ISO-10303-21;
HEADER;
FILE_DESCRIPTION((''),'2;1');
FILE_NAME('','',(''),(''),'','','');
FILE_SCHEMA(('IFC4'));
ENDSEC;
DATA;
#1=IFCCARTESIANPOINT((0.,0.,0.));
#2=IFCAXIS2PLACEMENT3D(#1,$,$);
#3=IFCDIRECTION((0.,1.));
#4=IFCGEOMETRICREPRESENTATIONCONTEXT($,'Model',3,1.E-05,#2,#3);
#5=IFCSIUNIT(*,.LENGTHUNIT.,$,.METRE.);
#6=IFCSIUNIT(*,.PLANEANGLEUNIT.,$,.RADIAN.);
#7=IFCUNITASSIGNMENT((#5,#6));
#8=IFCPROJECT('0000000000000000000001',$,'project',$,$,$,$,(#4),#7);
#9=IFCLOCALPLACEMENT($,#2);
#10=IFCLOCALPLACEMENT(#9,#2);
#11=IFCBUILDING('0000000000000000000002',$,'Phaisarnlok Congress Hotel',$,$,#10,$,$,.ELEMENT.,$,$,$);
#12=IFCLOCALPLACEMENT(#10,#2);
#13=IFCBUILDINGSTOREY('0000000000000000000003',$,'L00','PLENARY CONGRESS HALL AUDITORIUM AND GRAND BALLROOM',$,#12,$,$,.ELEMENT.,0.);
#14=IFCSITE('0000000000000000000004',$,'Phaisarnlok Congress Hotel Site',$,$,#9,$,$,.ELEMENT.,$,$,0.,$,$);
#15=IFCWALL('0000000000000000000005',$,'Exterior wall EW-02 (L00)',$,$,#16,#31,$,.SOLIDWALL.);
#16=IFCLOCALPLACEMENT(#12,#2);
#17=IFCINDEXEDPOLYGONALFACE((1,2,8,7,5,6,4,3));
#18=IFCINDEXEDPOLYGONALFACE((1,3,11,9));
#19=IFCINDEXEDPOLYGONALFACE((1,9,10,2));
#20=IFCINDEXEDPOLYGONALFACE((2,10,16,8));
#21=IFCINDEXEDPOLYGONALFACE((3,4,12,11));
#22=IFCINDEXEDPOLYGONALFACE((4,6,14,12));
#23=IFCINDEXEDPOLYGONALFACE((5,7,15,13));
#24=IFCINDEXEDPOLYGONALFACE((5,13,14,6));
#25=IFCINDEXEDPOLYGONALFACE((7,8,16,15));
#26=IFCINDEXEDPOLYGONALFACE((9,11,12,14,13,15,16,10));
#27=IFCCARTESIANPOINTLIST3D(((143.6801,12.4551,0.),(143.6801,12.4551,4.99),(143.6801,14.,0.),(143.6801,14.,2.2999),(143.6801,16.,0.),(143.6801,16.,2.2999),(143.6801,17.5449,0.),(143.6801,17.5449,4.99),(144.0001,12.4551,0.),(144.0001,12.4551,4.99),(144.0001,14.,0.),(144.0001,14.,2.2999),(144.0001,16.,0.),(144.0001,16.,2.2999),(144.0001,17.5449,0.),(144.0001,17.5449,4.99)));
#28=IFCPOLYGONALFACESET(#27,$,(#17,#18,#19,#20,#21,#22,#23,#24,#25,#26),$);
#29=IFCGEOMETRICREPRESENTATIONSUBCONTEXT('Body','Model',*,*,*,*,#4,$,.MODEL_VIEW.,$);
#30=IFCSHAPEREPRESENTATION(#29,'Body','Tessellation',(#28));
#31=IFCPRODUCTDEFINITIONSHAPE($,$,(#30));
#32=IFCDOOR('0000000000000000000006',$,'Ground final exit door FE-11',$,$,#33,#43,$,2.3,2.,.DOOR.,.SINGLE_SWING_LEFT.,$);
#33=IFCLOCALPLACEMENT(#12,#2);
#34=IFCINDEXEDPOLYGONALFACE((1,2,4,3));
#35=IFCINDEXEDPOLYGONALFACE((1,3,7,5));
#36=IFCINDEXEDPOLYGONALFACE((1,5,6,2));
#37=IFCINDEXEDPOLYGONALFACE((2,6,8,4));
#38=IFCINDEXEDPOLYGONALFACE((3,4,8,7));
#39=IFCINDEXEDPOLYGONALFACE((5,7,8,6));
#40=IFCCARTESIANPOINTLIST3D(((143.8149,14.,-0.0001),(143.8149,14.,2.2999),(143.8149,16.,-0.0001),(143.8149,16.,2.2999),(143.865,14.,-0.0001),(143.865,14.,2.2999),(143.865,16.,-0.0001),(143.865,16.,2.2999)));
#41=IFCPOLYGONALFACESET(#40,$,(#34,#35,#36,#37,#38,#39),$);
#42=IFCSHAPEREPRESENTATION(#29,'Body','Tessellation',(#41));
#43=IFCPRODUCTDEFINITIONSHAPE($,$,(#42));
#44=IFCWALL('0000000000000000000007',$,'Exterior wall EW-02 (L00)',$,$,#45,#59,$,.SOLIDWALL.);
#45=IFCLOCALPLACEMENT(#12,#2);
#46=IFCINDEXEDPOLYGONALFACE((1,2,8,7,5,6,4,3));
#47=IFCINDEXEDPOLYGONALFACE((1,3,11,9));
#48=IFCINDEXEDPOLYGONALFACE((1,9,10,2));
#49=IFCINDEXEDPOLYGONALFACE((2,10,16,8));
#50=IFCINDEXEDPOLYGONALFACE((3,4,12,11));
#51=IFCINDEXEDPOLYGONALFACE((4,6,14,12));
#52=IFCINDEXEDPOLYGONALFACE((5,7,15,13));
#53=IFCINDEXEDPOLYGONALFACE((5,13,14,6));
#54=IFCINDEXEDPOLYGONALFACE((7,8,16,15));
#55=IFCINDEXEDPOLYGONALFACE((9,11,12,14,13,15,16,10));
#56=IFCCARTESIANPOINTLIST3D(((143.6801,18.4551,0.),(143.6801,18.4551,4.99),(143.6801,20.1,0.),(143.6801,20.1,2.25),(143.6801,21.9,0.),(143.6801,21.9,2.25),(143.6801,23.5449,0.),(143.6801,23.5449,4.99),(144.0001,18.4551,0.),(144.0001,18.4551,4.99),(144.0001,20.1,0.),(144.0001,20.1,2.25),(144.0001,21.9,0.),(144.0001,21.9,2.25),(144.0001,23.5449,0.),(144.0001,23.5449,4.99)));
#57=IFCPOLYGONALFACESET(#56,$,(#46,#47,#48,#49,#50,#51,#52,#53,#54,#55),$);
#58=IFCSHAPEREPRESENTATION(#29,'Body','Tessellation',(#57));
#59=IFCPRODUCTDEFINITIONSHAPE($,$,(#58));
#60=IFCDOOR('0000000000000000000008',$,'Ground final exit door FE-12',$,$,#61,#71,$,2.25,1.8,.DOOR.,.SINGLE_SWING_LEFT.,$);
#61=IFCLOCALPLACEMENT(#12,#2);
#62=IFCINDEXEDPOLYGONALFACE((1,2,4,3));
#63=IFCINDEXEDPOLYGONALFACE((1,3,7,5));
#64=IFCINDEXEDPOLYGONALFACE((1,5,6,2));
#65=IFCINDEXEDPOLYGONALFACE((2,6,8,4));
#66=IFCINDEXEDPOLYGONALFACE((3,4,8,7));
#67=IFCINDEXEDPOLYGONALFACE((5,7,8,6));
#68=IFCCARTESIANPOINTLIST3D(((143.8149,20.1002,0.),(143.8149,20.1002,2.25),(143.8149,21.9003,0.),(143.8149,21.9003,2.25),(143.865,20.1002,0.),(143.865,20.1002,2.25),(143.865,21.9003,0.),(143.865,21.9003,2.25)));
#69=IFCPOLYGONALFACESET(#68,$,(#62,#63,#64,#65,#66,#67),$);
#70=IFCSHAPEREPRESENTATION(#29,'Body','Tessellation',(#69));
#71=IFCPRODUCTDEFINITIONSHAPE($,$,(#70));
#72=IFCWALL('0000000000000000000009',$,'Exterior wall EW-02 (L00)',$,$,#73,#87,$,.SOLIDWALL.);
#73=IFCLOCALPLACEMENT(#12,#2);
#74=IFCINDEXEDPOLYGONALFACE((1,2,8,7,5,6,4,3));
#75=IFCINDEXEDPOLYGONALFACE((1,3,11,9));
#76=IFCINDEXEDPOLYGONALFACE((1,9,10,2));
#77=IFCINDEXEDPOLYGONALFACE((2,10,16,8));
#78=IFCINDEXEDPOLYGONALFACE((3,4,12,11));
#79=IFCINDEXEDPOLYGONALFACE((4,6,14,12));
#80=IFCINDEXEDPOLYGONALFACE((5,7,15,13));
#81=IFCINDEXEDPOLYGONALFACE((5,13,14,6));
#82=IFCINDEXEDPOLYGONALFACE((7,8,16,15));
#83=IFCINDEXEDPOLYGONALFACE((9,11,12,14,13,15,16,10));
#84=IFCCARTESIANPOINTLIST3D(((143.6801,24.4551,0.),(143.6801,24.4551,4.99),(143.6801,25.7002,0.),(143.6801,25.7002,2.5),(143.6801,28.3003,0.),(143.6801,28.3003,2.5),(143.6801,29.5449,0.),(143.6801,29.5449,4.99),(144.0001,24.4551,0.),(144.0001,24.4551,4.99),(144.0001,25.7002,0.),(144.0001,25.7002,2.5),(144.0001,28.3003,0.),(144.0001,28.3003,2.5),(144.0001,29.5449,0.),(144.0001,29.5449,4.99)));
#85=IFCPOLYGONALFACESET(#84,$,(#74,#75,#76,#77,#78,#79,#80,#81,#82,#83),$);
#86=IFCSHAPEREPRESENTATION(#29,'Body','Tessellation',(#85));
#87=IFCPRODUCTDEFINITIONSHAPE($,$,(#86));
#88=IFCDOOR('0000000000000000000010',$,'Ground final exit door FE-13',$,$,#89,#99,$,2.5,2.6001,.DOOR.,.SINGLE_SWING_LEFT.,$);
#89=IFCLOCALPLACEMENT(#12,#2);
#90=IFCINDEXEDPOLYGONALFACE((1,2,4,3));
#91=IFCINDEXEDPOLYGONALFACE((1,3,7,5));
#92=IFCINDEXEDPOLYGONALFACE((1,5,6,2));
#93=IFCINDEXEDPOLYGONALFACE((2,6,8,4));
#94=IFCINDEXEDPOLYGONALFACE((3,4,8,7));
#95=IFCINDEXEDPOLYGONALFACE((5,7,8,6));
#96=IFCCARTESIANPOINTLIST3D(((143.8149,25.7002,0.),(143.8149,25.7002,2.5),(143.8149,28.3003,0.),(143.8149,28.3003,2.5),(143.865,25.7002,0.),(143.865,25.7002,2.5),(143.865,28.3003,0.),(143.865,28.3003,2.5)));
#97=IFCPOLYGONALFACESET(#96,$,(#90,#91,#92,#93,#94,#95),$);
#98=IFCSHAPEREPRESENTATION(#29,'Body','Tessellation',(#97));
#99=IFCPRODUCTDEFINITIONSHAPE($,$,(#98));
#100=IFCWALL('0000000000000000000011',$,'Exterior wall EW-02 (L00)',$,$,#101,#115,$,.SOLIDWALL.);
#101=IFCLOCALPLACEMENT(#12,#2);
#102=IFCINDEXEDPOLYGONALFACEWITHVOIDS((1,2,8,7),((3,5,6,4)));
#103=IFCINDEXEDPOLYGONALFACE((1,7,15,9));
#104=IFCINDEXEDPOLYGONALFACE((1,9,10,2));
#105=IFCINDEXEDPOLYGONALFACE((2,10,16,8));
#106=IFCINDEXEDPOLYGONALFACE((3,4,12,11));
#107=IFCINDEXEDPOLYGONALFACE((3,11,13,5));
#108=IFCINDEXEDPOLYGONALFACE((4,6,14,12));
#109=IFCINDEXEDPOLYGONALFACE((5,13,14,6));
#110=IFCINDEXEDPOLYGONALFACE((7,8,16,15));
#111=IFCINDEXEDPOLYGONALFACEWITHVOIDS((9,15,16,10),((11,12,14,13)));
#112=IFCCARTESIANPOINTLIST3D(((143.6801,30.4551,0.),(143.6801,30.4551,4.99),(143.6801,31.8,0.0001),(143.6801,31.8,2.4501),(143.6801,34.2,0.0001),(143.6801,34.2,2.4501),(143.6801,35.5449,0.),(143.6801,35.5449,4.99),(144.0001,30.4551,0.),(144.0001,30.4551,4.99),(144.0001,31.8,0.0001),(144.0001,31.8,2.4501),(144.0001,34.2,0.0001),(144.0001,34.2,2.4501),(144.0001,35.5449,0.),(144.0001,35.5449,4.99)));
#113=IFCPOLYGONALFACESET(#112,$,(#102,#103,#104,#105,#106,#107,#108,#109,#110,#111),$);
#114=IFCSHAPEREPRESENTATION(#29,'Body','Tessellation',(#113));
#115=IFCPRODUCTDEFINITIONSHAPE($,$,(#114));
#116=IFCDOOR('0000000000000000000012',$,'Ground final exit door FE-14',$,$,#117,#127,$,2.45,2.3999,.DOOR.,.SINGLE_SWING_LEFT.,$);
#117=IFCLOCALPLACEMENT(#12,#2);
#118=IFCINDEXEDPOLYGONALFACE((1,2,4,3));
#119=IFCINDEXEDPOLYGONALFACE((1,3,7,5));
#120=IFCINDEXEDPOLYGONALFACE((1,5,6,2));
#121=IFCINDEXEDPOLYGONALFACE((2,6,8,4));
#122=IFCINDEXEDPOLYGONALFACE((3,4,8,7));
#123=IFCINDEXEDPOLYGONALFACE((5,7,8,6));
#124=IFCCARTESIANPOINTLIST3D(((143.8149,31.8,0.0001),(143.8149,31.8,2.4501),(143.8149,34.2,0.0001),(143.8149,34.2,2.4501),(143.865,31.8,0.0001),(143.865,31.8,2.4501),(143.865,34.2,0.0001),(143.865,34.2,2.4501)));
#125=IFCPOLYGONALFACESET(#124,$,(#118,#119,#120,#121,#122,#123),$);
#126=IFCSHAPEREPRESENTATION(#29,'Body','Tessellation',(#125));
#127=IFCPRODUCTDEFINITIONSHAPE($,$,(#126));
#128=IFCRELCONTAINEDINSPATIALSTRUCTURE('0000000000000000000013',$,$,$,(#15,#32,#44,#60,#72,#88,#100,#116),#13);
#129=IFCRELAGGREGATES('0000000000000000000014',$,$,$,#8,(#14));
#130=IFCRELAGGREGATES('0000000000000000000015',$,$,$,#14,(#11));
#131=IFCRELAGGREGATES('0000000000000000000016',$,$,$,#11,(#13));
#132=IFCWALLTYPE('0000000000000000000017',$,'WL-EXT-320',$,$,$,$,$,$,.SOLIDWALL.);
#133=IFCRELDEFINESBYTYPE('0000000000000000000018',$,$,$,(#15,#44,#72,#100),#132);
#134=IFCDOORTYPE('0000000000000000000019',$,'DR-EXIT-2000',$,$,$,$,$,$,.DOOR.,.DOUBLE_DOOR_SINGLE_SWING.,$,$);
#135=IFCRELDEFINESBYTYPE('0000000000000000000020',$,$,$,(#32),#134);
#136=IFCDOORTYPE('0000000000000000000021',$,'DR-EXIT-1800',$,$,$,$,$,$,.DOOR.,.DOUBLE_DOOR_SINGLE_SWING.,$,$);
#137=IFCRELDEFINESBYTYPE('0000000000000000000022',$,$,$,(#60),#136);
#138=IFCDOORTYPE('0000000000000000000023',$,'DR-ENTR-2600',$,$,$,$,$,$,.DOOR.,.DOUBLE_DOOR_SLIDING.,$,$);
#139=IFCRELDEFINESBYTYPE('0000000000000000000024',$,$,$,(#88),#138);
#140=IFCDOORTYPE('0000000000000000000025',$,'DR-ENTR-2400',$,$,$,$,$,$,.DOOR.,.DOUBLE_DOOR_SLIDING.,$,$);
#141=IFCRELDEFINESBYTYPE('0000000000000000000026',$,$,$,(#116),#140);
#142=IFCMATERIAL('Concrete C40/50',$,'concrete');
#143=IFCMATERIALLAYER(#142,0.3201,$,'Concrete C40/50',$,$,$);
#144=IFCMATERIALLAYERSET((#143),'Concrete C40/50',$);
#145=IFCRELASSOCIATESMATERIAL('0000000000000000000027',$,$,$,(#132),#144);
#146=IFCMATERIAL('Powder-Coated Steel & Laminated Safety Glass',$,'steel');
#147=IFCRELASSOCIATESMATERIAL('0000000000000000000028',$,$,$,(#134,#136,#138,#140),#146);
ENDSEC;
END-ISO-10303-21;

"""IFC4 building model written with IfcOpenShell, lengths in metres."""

from ifc_helpers import new_model, si_unit, direction, frame, frame_2d, origin, place, context, subcontext, project, spatial, rectangle, extrude, material, layer, layer_set, type_object, element, fill, save


model = new_model("IFC4")

# Units and contexts
model_context = context("Model", 3, precision=1e-05, world=origin(), true_north=direction((0.0, 1.0)))
body_context = subcontext(model_context, "Body", "Model", "MODEL_VIEW")
ifc_project = project(units=[si_unit("LENGTHUNIT", "METRE"), si_unit("PLANEANGLEUNIT", "RADIAN")], contexts=[model_context])

# Site, building, storey
site_placement = place(None, origin())
site = spatial("IfcSite", under=ifc_project, at=site_placement, Name="Phaisarnlok Congress Hotel Site", CompositionType="ELEMENT", RefElevation=0.0)
building_placement = place(site_placement, origin())
building = spatial("IfcBuilding", under=site, at=building_placement, Name="Phaisarnlok Congress Hotel", CompositionType="ELEMENT")
storey_placement = place(building_placement, origin())
storey = spatial("IfcBuildingStorey", under=building, at=storey_placement, Name="L00", Description="PLENARY CONGRESS HALL AUDITORIUM AND GRAND BALLROOM", CompositionType="ELEMENT", Elevation=0.0)

# Shared definitions
ifc_material_1 = material(Name="Concrete C40/50", Category="concrete")

# Walls, openings, doors
ifc_layer_1 = layer(ifc_material_1, 0.3201, Name="Concrete C40/50")
ifc_layer_set_1 = layer_set([ifc_layer_1], Name="Concrete C40/50")
wall_type = type_object("IfcWallType", Name="WL-EXT-320", PredefinedType="SOLIDWALL", material=ifc_layer_set_1)
wall_1_placement = place(storey_placement, frame((143.8401, 12.4551, 0.0), z_axis=(0.0, 0.0, 1.0), x_axis=(0.0, 1.0, 0.0)))
wall_1 = element("IfcWall", 1, at=wall_1_placement, inside=storey, type_object=wall_type, Name="Exterior wall EW-02 (L00)", PredefinedType="SOLIDWALL", context=body_context, shape_type="SweptSolid", body=[
    extrude(rectangle(XDim=5.0898, YDim=0.3201, at=frame_2d((2.5449, 0.0))), origin(), (0.0, 0.0, 1.0), 4.99),
])
opening_1_placement = place(wall_1_placement, frame((1.5449, 0.0, 0.0)))
opening_1 = element("IfcOpeningElement", 2, at=opening_1_placement, cuts=wall_1, PredefinedType="OPENING", context=body_context, shape_type="SweptSolid", body=[
    extrude(rectangle(XDim=2.0, YDim=2.3, at=frame_2d((1.0, 1.1499))), frame((0.0, 0.1699, 0.0), z_axis=(0.0, -1.0, 0.0), x_axis=(1.0, 0.0, 0.0)), (0.0, 0.0, 1.0), 0.3401),
])
ifc_material_2 = material(Name="Powder-Coated Steel & Laminated Safety Glass", Category="steel")
door_type_1 = type_object("IfcDoorType", Name="DR-EXIT-2000", OperationType="DOUBLE_DOOR_SINGLE_SWING", PredefinedType="DOOR", material=ifc_material_2)
door_1_placement = place(opening_1_placement, frame((2.0, 0.0, 0.0), z_axis=(0.0, 0.0, 1.0), x_axis=(-1.0, 0.0, 0.0)))
door_1 = element("IfcDoor", 3, at=door_1_placement, inside=storey, type_object=door_type_1, Name="Ground final exit door FE-11", OperationType="SINGLE_SWING_LEFT", OverallHeight=2.3, OverallWidth=2.0, PredefinedType="DOOR", context=body_context, shape_type="SweptSolid", body=[
    extrude(rectangle(XDim=2.0, YDim=2.3, at=frame_2d((1.0, 1.1499))), frame((0.0, 0.0249, 0.0), z_axis=(0.0, -1.0, 0.0), x_axis=(1.0, 0.0, 0.0)), (0.0, 0.0, 1.0), 0.05),
])
fill(opening_1, door_1)
wall_2_placement = place(storey_placement, frame((143.8401, 18.4551, 0.0), z_axis=(0.0, 0.0, 1.0), x_axis=(0.0, 1.0, 0.0)))
wall_2 = element("IfcWall", 4, at=wall_2_placement, inside=storey, type_object=wall_type, Name="Exterior wall EW-02 (L00)", PredefinedType="SOLIDWALL", context=body_context, shape_type="SweptSolid", body=[
    extrude(rectangle(XDim=5.0898, YDim=0.3201, at=frame_2d((2.5449, 0.0))), origin(), (0.0, 0.0, 1.0), 4.99),
])
opening_2_placement = place(wall_2_placement, frame((1.645, 0.0, 0.0)))
opening_2 = element("IfcOpeningElement", 5, at=opening_2_placement, cuts=wall_2, PredefinedType="OPENING", context=body_context, shape_type="SweptSolid", body=[
    extrude(rectangle(XDim=1.8, YDim=2.25, at=frame_2d((0.8999, 1.125))), frame((0.0, 0.1699, 0.0), z_axis=(0.0, -1.0, 0.0), x_axis=(1.0, 0.0, 0.0)), (0.0, 0.0, 1.0), 0.3401),
])
door_type_2 = type_object("IfcDoorType", Name="DR-EXIT-1800", OperationType="DOUBLE_DOOR_SINGLE_SWING", PredefinedType="DOOR", material=ifc_material_2)
door_2_placement = place(opening_2_placement, frame((1.8, 0.0, 0.0), z_axis=(0.0, 0.0, 1.0), x_axis=(-1.0, 0.0, 0.0)))
door_2 = element("IfcDoor", 6, at=door_2_placement, inside=storey, type_object=door_type_2, Name="Ground final exit door FE-12", OperationType="SINGLE_SWING_LEFT", OverallHeight=2.25, OverallWidth=1.8, PredefinedType="DOOR", context=body_context, shape_type="SweptSolid", body=[
    extrude(rectangle(XDim=1.8, YDim=2.25, at=frame_2d((0.8999, 1.125))), frame((0.0, 0.0249, 0.0), z_axis=(0.0, -1.0, 0.0), x_axis=(1.0, 0.0, 0.0)), (0.0, 0.0, 1.0), 0.05),
])
fill(opening_2, door_2)
wall_3_placement = place(storey_placement, frame((143.8401, 24.4551, 0.0), z_axis=(0.0, 0.0, 1.0), x_axis=(0.0, 1.0, 0.0)))
wall_3 = element("IfcWall", 7, at=wall_3_placement, inside=storey, type_object=wall_type, Name="Exterior wall EW-02 (L00)", PredefinedType="SOLIDWALL", context=body_context, shape_type="SweptSolid", body=[
    extrude(rectangle(XDim=5.0898, YDim=0.3201, at=frame_2d((2.5449, 0.0))), origin(), (0.0, 0.0, 1.0), 4.99),
])
opening_3_placement = place(wall_3_placement, frame((1.2451, 0.0, 0.0)))
opening_3 = element("IfcOpeningElement", 8, at=opening_3_placement, cuts=wall_3, PredefinedType="OPENING", context=body_context, shape_type="SweptSolid", body=[
    extrude(rectangle(XDim=2.6001, YDim=2.5, at=frame_2d((1.3, 1.25))), frame((0.0, 0.1699, 0.0), z_axis=(0.0, -1.0, 0.0), x_axis=(1.0, 0.0, 0.0)), (0.0, 0.0, 1.0), 0.3401),
])
door_type_3 = type_object("IfcDoorType", Name="DR-ENTR-2600", OperationType="DOUBLE_DOOR_SLIDING", PredefinedType="DOOR", material=ifc_material_2)
door_3_placement = place(opening_3_placement, frame((2.6001, 0.0, 0.0), z_axis=(0.0, 0.0, 1.0), x_axis=(-1.0, 0.0, 0.0)))
door_3 = element("IfcDoor", 9, at=door_3_placement, inside=storey, type_object=door_type_3, Name="Ground final exit door FE-13", OperationType="SINGLE_SWING_LEFT", OverallHeight=2.5, OverallWidth=2.6001, PredefinedType="DOOR", context=body_context, shape_type="SweptSolid", body=[
    extrude(rectangle(XDim=2.6001, YDim=2.5, at=frame_2d((1.3, 1.25))), frame((0.0, 0.0249, 0.0), z_axis=(0.0, -1.0, 0.0), x_axis=(1.0, 0.0, 0.0)), (0.0, 0.0, 1.0), 0.05),
])
fill(opening_3, door_3)
wall_4_placement = place(storey_placement, frame((143.8401, 30.4551, 0.0), z_axis=(0.0, 0.0, 1.0), x_axis=(0.0, 1.0, 0.0)))
wall_4 = element("IfcWall", 10, at=wall_4_placement, inside=storey, type_object=wall_type, Name="Exterior wall EW-02 (L00)", PredefinedType="SOLIDWALL", context=body_context, shape_type="SweptSolid", body=[
    extrude(rectangle(XDim=5.0898, YDim=0.3201, at=frame_2d((2.5449, 0.0))), origin(), (0.0, 0.0, 1.0), 4.99),
])
opening_4_placement = place(wall_4_placement, frame((1.345, 0.0, 0.0)))
opening_4 = element("IfcOpeningElement", 11, at=opening_4_placement, cuts=wall_4, PredefinedType="OPENING", context=body_context, shape_type="SweptSolid", body=[
    extrude(rectangle(XDim=2.3999, YDim=2.45, at=frame_2d((1.2, 1.2251))), frame((0.0, 0.1699, 0.0), z_axis=(0.0, -1.0, 0.0), x_axis=(1.0, 0.0, 0.0)), (0.0, 0.0, 1.0), 0.3401),
])
door_type_4 = type_object("IfcDoorType", Name="DR-ENTR-2400", OperationType="DOUBLE_DOOR_SLIDING", PredefinedType="DOOR", material=ifc_material_2)
door_4_placement = place(opening_4_placement, frame((2.3999, 0.0, 0.0), z_axis=(0.0, 0.0, 1.0), x_axis=(-1.0, 0.0, 0.0)))
door_4 = element("IfcDoor", 12, at=door_4_placement, inside=storey, type_object=door_type_4, Name="Ground final exit door FE-14", OperationType="SINGLE_SWING_LEFT", OverallHeight=2.45, OverallWidth=2.3999, PredefinedType="DOOR", context=body_context, shape_type="SweptSolid", body=[
    extrude(rectangle(XDim=2.3999, YDim=2.45, at=frame_2d((1.2, 1.2251))), frame((0.0, 0.0249, 0.0), z_axis=(0.0, -1.0, 0.0), x_axis=(1.0, 0.0, 0.0)), (0.0, 0.0, 1.0), 0.05),
])
fill(opening_4, door_4)

save(model, "model.ifc")
